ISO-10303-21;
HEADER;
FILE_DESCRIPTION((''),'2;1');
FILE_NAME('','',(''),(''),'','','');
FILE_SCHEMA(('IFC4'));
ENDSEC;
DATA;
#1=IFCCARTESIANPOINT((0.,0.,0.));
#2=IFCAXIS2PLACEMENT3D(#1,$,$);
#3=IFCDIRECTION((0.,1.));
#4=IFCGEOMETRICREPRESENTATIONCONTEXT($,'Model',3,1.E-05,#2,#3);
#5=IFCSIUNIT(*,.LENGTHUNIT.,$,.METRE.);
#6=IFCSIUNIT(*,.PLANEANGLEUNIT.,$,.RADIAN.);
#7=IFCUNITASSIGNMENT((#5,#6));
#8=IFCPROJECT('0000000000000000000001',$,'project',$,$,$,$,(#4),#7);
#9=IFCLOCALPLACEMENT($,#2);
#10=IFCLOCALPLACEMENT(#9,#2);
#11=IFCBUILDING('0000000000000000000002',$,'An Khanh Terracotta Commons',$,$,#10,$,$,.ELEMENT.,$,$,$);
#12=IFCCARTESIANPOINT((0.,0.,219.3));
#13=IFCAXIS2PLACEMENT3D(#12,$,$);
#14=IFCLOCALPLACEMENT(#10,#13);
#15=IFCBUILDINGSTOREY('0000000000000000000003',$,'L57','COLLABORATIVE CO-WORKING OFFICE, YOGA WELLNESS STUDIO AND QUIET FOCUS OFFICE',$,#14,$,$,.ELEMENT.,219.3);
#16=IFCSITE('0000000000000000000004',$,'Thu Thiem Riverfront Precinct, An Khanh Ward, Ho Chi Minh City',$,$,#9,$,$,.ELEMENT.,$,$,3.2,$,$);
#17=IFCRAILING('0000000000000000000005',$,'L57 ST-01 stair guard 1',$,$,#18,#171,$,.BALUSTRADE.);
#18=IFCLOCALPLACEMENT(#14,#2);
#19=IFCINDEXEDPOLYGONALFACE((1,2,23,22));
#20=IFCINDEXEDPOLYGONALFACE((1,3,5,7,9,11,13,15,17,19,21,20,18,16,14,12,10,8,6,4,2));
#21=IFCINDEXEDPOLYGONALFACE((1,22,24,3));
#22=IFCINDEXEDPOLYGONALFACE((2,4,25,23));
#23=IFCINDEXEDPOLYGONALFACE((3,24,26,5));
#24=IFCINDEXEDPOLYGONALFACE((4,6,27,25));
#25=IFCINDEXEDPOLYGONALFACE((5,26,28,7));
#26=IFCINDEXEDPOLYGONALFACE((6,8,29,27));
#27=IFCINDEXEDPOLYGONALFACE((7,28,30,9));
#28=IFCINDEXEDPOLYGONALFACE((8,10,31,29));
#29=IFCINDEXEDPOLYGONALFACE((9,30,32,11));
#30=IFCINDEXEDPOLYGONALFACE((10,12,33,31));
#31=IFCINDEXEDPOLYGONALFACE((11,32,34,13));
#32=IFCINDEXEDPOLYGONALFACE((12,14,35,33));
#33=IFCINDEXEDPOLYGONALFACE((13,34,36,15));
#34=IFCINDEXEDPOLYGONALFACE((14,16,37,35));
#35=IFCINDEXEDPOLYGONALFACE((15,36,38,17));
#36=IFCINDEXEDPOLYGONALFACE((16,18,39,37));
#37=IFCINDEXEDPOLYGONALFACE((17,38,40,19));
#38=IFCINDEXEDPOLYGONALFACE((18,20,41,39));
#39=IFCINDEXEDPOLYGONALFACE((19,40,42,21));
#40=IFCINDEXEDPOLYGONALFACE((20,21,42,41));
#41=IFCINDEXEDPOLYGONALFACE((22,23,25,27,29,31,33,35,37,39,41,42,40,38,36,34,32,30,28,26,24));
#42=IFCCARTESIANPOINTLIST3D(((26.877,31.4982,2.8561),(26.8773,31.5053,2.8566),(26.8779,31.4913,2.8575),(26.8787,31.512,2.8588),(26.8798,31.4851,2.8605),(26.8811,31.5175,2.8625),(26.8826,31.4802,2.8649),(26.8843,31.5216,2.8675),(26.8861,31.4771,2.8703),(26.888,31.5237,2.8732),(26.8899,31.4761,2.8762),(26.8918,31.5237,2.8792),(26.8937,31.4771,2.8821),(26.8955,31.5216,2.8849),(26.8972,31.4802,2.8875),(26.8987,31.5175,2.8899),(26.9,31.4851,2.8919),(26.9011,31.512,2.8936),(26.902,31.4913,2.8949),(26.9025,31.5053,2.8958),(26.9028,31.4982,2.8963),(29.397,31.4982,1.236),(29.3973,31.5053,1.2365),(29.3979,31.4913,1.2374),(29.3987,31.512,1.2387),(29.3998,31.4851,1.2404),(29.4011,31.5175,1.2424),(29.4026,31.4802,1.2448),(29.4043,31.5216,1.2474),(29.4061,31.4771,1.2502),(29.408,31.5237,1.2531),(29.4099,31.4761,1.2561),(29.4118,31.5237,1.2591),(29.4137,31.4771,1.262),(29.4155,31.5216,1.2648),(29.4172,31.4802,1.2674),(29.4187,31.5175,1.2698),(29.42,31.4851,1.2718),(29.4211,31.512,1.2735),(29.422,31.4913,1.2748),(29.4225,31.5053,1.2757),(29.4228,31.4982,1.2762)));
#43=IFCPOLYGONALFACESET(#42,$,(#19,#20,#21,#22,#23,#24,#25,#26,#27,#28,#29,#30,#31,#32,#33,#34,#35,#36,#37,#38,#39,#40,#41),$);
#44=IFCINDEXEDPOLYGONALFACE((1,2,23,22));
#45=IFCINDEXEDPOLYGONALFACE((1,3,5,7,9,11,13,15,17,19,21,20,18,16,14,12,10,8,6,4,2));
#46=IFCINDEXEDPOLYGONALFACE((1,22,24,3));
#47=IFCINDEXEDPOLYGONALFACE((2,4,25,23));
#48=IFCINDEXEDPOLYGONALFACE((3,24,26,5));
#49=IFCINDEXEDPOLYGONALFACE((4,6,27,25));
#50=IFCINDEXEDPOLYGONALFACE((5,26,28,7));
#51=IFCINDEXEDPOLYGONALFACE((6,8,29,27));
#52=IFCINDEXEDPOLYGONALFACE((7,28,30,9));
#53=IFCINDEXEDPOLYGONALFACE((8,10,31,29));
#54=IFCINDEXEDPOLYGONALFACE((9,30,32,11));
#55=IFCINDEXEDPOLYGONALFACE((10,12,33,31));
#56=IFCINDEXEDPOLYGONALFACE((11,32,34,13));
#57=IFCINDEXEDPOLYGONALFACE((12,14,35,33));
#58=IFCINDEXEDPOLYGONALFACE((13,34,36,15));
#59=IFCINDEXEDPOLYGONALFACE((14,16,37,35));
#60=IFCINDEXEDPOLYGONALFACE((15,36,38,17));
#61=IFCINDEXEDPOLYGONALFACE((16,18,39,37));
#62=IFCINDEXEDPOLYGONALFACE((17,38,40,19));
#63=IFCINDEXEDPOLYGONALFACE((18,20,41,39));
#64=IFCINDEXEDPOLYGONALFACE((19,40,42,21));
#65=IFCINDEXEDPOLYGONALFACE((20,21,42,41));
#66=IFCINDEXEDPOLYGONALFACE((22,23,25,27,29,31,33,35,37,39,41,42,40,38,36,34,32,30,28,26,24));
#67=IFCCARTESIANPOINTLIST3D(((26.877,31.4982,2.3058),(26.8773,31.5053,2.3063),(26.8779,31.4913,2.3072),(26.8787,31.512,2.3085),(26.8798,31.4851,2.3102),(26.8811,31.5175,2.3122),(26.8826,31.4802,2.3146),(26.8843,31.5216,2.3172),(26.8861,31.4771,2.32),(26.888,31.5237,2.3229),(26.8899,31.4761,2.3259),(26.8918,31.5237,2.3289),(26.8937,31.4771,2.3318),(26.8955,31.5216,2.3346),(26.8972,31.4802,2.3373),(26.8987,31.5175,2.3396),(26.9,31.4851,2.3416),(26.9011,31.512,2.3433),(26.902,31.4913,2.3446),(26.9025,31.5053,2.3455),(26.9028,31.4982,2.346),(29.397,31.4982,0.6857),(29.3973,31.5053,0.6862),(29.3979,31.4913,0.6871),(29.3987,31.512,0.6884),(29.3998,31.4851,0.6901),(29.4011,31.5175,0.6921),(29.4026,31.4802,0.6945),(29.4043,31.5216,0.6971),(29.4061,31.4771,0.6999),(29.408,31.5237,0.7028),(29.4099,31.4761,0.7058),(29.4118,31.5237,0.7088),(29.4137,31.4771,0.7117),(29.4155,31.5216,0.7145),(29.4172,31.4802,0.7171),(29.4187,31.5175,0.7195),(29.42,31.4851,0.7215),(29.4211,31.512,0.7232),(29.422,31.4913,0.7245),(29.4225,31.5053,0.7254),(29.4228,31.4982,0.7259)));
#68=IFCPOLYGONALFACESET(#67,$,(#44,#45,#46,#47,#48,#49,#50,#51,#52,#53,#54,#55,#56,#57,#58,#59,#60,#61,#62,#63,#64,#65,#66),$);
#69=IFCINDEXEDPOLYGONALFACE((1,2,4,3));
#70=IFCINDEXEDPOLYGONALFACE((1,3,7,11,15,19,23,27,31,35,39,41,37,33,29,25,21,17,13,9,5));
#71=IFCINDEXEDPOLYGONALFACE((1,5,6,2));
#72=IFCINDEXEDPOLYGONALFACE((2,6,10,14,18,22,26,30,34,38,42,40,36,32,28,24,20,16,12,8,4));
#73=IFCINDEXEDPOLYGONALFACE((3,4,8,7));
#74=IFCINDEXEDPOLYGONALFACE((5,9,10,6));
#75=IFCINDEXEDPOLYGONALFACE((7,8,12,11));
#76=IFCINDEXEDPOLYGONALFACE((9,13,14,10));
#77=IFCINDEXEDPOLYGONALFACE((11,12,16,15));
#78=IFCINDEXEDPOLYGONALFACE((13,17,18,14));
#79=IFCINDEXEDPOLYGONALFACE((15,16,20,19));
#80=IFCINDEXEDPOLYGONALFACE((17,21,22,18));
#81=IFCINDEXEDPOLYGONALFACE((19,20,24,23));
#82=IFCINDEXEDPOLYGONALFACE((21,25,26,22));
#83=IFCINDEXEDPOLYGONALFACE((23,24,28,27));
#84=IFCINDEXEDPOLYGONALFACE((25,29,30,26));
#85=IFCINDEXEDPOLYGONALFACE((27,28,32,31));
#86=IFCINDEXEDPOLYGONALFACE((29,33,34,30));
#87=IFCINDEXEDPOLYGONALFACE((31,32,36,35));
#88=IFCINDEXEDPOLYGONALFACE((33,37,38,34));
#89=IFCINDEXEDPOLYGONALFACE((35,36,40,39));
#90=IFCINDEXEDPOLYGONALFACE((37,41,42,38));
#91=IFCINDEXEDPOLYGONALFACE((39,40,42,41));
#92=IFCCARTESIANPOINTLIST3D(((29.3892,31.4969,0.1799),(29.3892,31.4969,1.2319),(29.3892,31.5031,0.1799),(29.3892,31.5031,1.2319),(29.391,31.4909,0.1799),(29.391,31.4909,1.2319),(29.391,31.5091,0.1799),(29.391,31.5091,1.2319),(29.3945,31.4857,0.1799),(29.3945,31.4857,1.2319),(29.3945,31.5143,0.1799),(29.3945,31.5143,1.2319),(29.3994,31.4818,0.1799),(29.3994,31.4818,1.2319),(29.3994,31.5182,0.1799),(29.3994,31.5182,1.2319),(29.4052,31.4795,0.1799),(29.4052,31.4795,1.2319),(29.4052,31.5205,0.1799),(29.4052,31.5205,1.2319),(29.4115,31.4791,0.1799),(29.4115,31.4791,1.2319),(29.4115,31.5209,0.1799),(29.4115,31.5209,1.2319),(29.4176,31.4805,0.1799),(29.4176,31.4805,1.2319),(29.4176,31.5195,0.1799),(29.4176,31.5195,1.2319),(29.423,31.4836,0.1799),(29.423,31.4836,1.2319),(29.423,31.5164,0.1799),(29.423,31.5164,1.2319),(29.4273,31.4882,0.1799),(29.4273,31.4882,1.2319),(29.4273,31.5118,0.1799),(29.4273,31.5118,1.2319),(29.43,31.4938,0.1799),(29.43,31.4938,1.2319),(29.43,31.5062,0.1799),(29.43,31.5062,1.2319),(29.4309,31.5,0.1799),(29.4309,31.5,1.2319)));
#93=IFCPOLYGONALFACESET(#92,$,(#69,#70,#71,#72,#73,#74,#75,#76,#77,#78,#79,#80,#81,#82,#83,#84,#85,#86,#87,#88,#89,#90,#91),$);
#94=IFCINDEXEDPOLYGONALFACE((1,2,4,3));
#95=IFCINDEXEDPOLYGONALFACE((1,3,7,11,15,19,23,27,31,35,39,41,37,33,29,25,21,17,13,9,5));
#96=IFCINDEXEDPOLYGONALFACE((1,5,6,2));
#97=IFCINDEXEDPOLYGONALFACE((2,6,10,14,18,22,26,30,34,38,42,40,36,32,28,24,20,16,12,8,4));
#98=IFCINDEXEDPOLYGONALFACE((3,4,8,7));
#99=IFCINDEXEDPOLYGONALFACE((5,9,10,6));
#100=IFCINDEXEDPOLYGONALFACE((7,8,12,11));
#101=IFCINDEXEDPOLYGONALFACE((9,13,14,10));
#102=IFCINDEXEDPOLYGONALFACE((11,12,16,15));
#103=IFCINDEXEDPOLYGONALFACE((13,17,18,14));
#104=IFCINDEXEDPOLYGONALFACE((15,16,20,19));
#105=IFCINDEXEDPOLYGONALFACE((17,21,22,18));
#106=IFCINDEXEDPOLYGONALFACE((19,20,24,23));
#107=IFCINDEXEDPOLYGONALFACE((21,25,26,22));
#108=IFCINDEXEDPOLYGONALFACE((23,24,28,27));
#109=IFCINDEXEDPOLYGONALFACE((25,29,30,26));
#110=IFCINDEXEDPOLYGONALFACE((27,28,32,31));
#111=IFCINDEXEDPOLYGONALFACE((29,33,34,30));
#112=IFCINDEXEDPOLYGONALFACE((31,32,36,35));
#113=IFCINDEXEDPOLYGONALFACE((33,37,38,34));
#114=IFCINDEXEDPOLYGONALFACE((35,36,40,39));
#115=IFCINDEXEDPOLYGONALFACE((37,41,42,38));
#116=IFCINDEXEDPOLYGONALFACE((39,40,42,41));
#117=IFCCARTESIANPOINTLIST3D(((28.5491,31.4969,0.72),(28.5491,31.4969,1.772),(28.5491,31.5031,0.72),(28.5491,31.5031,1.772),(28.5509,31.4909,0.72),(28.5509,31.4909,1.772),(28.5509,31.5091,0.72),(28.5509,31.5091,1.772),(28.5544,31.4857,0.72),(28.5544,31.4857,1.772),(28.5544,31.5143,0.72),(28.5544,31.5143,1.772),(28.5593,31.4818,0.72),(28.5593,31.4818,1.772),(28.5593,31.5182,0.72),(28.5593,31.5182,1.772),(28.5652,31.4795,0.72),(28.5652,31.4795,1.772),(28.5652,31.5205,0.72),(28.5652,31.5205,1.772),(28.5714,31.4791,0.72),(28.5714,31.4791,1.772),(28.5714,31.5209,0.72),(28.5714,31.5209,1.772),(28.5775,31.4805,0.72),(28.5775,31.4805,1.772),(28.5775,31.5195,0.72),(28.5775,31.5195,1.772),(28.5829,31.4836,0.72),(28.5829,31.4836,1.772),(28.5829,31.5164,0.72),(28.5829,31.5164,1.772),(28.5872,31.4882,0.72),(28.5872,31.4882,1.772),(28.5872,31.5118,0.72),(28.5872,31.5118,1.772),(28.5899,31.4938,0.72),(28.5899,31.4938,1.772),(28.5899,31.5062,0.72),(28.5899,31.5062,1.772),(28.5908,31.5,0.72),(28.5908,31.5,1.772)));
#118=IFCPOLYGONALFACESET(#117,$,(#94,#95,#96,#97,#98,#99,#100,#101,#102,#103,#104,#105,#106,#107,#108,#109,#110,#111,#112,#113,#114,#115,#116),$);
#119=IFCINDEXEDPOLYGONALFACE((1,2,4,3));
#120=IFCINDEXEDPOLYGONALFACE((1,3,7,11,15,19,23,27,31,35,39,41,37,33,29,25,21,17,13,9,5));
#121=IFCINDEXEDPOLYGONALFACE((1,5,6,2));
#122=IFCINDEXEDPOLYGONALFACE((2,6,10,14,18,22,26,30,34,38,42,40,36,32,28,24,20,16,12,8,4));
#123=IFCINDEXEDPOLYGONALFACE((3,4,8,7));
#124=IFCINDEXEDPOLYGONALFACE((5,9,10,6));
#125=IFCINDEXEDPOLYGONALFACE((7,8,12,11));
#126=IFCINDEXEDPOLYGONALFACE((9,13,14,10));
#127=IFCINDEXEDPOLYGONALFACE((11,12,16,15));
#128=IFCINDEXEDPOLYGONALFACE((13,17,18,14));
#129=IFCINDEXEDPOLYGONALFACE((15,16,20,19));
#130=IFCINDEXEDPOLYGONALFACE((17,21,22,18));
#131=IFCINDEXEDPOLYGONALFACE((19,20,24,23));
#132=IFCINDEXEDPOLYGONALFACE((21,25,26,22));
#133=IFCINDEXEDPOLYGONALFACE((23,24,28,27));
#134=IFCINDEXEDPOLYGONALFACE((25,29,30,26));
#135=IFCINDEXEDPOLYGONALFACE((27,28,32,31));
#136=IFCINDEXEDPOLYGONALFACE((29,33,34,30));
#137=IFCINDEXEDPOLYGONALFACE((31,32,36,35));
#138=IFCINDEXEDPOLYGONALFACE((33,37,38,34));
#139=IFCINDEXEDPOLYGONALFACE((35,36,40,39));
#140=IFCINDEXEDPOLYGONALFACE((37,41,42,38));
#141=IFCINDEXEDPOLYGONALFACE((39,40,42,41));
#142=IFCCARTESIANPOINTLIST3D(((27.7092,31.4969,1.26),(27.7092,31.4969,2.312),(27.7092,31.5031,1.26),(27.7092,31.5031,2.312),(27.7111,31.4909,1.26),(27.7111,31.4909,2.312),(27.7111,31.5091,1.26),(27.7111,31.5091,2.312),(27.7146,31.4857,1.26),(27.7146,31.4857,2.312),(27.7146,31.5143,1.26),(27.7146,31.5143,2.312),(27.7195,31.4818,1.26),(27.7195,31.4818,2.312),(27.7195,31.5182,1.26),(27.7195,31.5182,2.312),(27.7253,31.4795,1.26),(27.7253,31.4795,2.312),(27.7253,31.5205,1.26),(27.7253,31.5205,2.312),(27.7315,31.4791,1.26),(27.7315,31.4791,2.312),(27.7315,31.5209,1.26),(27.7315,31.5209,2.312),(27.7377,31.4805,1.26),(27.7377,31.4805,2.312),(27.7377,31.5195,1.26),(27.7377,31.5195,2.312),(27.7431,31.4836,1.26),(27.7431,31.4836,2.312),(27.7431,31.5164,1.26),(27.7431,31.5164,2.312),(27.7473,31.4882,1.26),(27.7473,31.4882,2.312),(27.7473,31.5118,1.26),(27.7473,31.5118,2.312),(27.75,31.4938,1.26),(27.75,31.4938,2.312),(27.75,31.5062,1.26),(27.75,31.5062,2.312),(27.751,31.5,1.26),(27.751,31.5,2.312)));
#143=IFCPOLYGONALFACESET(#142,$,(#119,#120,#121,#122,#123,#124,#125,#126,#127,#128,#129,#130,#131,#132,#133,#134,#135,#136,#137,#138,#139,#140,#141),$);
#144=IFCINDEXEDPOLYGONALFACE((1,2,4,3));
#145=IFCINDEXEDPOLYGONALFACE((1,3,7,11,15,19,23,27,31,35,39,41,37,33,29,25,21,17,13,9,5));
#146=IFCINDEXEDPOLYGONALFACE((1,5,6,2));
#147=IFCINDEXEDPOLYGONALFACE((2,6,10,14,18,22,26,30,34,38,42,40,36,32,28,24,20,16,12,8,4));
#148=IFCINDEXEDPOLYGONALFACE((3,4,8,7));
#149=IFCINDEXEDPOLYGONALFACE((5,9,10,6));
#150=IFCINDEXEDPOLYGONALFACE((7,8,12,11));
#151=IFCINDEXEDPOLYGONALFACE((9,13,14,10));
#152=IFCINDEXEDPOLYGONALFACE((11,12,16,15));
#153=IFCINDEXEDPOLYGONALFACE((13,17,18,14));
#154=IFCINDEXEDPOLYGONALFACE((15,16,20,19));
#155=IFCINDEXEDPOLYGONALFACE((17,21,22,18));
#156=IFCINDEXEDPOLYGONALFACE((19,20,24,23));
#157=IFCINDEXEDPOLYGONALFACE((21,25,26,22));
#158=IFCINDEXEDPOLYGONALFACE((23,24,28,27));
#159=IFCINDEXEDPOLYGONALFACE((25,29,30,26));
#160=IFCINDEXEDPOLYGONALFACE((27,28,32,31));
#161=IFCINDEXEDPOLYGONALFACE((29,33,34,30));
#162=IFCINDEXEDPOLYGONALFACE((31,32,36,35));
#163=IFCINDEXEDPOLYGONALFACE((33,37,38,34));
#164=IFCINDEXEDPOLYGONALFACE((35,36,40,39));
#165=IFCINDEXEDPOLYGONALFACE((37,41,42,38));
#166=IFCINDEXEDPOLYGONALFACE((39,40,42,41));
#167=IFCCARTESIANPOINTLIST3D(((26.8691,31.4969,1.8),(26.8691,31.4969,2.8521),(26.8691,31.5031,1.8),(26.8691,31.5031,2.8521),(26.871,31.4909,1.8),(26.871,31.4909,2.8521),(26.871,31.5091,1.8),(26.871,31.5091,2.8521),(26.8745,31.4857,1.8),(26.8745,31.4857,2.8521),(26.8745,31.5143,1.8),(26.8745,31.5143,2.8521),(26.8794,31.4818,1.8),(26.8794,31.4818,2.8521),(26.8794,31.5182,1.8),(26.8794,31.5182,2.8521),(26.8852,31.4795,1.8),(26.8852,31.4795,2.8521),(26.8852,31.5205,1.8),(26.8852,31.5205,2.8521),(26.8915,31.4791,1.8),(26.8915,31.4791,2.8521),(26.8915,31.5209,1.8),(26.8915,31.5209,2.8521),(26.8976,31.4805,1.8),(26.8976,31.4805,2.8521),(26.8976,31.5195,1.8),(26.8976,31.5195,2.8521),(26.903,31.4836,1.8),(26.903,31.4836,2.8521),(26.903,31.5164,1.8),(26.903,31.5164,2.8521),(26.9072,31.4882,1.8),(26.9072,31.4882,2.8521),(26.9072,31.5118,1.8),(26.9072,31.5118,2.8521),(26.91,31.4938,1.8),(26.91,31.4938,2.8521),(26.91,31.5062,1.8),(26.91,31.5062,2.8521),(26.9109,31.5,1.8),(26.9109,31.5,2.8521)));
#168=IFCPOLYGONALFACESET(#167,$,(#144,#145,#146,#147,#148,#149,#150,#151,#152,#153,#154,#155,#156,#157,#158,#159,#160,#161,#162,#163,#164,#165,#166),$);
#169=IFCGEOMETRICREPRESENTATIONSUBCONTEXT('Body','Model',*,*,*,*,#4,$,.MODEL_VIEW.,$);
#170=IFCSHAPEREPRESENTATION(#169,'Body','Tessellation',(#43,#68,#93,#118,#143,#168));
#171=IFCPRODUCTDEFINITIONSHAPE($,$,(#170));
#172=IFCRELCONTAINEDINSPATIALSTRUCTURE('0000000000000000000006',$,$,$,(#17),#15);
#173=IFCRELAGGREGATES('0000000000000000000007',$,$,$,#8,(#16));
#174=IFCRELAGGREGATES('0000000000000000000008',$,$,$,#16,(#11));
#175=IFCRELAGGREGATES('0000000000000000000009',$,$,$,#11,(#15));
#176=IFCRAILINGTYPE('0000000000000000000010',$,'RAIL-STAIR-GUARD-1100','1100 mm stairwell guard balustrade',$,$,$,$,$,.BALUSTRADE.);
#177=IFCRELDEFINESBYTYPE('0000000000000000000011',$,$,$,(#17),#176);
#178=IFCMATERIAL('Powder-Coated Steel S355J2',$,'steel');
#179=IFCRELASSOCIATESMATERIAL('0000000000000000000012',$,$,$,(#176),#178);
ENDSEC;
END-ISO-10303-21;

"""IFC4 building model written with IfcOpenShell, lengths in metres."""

from ifc_helpers import new_model, si_unit, direction, frame, origin, origin_2d, place, context, subcontext, project, spatial, circle, extrude, material, type_object, element, save


model = new_model("IFC4")

# Units and contexts
model_context = context("Model", 3, precision=1e-05, world=origin(), true_north=direction((0.0, 1.0)))
body_context = subcontext(model_context, "Body", "Model", "MODEL_VIEW")
ifc_project = project(units=[si_unit("LENGTHUNIT", "METRE"), si_unit("PLANEANGLEUNIT", "RADIAN")], contexts=[model_context])

# Site, building, storey
site_placement = place(None, origin())
site = spatial("IfcSite", under=ifc_project, at=site_placement, Name="Thu Thiem Riverfront Precinct, An Khanh Ward, Ho Chi Minh City", CompositionType="ELEMENT", RefElevation=3.2)
building_placement = place(site_placement, origin())
building = spatial("IfcBuilding", under=site, at=building_placement, Name="An Khanh Terracotta Commons", CompositionType="ELEMENT")
storey_placement = place(building_placement, frame((0.0, 0.0, 219.3)))
storey = spatial("IfcBuildingStorey", under=building, at=storey_placement, Name="L57", Description="COLLABORATIVE CO-WORKING OFFICE, YOGA WELLNESS STUDIO AND QUIET FOCUS OFFICE", CompositionType="ELEMENT", Elevation=219.3)

# Railing
ifc_material_1 = material(Name="Powder-Coated Steel S355J2", Category="steel")
railing_type_1 = type_object("IfcRailingType", Name="RAIL-STAIR-GUARD-1100", Description="1100 mm stairwell guard balustrade", PredefinedType="BALUSTRADE", material=ifc_material_1)
railing_1_placement = place(storey_placement, frame((29.4099, 31.5, 0.1799)))
element("IfcRailing", 1, at=railing_1_placement, inside=storey, type_object=railing_type_1, Name="L57 ST-01 stair guard 1", PredefinedType="BALUSTRADE", context=body_context, shape_type="SweptSolid", body=[
    extrude(circle(Radius=0.0239, at=origin_2d()), frame((0.0, 0.0, 1.0762), z_axis=(-0.841163, 0.0, 0.540782), x_axis=(0.0, -1.0, 0.0)), (0.0, 0.0, 1.0), 2.9958),
    extrude(circle(Radius=0.0239, at=origin_2d()), frame((0.0, 0.0, 0.5259), z_axis=(-0.841163, 0.0, 0.540782), x_axis=(0.0, -1.0, 0.0)), (0.0, 0.0, 1.0), 2.9958),
    extrude(circle(Radius=0.021, at=origin_2d()), origin(), (0.0, 0.0, 1.0), 1.052),
    extrude(circle(Radius=0.021, at=origin_2d()), frame((-0.8401, 0.0, 0.54)), (0.0, 0.0, 1.0), 1.052),
    extrude(circle(Radius=0.021, at=origin_2d()), frame((-1.6799, 0.0, 1.0801)), (0.0, 0.0, 1.0), 1.052),
    extrude(circle(Radius=0.021, at=origin_2d()), frame((-2.52, 0.0, 1.6201)), (0.0, 0.0, 1.0), 1.052),
])

save(model, "model.ifc")
